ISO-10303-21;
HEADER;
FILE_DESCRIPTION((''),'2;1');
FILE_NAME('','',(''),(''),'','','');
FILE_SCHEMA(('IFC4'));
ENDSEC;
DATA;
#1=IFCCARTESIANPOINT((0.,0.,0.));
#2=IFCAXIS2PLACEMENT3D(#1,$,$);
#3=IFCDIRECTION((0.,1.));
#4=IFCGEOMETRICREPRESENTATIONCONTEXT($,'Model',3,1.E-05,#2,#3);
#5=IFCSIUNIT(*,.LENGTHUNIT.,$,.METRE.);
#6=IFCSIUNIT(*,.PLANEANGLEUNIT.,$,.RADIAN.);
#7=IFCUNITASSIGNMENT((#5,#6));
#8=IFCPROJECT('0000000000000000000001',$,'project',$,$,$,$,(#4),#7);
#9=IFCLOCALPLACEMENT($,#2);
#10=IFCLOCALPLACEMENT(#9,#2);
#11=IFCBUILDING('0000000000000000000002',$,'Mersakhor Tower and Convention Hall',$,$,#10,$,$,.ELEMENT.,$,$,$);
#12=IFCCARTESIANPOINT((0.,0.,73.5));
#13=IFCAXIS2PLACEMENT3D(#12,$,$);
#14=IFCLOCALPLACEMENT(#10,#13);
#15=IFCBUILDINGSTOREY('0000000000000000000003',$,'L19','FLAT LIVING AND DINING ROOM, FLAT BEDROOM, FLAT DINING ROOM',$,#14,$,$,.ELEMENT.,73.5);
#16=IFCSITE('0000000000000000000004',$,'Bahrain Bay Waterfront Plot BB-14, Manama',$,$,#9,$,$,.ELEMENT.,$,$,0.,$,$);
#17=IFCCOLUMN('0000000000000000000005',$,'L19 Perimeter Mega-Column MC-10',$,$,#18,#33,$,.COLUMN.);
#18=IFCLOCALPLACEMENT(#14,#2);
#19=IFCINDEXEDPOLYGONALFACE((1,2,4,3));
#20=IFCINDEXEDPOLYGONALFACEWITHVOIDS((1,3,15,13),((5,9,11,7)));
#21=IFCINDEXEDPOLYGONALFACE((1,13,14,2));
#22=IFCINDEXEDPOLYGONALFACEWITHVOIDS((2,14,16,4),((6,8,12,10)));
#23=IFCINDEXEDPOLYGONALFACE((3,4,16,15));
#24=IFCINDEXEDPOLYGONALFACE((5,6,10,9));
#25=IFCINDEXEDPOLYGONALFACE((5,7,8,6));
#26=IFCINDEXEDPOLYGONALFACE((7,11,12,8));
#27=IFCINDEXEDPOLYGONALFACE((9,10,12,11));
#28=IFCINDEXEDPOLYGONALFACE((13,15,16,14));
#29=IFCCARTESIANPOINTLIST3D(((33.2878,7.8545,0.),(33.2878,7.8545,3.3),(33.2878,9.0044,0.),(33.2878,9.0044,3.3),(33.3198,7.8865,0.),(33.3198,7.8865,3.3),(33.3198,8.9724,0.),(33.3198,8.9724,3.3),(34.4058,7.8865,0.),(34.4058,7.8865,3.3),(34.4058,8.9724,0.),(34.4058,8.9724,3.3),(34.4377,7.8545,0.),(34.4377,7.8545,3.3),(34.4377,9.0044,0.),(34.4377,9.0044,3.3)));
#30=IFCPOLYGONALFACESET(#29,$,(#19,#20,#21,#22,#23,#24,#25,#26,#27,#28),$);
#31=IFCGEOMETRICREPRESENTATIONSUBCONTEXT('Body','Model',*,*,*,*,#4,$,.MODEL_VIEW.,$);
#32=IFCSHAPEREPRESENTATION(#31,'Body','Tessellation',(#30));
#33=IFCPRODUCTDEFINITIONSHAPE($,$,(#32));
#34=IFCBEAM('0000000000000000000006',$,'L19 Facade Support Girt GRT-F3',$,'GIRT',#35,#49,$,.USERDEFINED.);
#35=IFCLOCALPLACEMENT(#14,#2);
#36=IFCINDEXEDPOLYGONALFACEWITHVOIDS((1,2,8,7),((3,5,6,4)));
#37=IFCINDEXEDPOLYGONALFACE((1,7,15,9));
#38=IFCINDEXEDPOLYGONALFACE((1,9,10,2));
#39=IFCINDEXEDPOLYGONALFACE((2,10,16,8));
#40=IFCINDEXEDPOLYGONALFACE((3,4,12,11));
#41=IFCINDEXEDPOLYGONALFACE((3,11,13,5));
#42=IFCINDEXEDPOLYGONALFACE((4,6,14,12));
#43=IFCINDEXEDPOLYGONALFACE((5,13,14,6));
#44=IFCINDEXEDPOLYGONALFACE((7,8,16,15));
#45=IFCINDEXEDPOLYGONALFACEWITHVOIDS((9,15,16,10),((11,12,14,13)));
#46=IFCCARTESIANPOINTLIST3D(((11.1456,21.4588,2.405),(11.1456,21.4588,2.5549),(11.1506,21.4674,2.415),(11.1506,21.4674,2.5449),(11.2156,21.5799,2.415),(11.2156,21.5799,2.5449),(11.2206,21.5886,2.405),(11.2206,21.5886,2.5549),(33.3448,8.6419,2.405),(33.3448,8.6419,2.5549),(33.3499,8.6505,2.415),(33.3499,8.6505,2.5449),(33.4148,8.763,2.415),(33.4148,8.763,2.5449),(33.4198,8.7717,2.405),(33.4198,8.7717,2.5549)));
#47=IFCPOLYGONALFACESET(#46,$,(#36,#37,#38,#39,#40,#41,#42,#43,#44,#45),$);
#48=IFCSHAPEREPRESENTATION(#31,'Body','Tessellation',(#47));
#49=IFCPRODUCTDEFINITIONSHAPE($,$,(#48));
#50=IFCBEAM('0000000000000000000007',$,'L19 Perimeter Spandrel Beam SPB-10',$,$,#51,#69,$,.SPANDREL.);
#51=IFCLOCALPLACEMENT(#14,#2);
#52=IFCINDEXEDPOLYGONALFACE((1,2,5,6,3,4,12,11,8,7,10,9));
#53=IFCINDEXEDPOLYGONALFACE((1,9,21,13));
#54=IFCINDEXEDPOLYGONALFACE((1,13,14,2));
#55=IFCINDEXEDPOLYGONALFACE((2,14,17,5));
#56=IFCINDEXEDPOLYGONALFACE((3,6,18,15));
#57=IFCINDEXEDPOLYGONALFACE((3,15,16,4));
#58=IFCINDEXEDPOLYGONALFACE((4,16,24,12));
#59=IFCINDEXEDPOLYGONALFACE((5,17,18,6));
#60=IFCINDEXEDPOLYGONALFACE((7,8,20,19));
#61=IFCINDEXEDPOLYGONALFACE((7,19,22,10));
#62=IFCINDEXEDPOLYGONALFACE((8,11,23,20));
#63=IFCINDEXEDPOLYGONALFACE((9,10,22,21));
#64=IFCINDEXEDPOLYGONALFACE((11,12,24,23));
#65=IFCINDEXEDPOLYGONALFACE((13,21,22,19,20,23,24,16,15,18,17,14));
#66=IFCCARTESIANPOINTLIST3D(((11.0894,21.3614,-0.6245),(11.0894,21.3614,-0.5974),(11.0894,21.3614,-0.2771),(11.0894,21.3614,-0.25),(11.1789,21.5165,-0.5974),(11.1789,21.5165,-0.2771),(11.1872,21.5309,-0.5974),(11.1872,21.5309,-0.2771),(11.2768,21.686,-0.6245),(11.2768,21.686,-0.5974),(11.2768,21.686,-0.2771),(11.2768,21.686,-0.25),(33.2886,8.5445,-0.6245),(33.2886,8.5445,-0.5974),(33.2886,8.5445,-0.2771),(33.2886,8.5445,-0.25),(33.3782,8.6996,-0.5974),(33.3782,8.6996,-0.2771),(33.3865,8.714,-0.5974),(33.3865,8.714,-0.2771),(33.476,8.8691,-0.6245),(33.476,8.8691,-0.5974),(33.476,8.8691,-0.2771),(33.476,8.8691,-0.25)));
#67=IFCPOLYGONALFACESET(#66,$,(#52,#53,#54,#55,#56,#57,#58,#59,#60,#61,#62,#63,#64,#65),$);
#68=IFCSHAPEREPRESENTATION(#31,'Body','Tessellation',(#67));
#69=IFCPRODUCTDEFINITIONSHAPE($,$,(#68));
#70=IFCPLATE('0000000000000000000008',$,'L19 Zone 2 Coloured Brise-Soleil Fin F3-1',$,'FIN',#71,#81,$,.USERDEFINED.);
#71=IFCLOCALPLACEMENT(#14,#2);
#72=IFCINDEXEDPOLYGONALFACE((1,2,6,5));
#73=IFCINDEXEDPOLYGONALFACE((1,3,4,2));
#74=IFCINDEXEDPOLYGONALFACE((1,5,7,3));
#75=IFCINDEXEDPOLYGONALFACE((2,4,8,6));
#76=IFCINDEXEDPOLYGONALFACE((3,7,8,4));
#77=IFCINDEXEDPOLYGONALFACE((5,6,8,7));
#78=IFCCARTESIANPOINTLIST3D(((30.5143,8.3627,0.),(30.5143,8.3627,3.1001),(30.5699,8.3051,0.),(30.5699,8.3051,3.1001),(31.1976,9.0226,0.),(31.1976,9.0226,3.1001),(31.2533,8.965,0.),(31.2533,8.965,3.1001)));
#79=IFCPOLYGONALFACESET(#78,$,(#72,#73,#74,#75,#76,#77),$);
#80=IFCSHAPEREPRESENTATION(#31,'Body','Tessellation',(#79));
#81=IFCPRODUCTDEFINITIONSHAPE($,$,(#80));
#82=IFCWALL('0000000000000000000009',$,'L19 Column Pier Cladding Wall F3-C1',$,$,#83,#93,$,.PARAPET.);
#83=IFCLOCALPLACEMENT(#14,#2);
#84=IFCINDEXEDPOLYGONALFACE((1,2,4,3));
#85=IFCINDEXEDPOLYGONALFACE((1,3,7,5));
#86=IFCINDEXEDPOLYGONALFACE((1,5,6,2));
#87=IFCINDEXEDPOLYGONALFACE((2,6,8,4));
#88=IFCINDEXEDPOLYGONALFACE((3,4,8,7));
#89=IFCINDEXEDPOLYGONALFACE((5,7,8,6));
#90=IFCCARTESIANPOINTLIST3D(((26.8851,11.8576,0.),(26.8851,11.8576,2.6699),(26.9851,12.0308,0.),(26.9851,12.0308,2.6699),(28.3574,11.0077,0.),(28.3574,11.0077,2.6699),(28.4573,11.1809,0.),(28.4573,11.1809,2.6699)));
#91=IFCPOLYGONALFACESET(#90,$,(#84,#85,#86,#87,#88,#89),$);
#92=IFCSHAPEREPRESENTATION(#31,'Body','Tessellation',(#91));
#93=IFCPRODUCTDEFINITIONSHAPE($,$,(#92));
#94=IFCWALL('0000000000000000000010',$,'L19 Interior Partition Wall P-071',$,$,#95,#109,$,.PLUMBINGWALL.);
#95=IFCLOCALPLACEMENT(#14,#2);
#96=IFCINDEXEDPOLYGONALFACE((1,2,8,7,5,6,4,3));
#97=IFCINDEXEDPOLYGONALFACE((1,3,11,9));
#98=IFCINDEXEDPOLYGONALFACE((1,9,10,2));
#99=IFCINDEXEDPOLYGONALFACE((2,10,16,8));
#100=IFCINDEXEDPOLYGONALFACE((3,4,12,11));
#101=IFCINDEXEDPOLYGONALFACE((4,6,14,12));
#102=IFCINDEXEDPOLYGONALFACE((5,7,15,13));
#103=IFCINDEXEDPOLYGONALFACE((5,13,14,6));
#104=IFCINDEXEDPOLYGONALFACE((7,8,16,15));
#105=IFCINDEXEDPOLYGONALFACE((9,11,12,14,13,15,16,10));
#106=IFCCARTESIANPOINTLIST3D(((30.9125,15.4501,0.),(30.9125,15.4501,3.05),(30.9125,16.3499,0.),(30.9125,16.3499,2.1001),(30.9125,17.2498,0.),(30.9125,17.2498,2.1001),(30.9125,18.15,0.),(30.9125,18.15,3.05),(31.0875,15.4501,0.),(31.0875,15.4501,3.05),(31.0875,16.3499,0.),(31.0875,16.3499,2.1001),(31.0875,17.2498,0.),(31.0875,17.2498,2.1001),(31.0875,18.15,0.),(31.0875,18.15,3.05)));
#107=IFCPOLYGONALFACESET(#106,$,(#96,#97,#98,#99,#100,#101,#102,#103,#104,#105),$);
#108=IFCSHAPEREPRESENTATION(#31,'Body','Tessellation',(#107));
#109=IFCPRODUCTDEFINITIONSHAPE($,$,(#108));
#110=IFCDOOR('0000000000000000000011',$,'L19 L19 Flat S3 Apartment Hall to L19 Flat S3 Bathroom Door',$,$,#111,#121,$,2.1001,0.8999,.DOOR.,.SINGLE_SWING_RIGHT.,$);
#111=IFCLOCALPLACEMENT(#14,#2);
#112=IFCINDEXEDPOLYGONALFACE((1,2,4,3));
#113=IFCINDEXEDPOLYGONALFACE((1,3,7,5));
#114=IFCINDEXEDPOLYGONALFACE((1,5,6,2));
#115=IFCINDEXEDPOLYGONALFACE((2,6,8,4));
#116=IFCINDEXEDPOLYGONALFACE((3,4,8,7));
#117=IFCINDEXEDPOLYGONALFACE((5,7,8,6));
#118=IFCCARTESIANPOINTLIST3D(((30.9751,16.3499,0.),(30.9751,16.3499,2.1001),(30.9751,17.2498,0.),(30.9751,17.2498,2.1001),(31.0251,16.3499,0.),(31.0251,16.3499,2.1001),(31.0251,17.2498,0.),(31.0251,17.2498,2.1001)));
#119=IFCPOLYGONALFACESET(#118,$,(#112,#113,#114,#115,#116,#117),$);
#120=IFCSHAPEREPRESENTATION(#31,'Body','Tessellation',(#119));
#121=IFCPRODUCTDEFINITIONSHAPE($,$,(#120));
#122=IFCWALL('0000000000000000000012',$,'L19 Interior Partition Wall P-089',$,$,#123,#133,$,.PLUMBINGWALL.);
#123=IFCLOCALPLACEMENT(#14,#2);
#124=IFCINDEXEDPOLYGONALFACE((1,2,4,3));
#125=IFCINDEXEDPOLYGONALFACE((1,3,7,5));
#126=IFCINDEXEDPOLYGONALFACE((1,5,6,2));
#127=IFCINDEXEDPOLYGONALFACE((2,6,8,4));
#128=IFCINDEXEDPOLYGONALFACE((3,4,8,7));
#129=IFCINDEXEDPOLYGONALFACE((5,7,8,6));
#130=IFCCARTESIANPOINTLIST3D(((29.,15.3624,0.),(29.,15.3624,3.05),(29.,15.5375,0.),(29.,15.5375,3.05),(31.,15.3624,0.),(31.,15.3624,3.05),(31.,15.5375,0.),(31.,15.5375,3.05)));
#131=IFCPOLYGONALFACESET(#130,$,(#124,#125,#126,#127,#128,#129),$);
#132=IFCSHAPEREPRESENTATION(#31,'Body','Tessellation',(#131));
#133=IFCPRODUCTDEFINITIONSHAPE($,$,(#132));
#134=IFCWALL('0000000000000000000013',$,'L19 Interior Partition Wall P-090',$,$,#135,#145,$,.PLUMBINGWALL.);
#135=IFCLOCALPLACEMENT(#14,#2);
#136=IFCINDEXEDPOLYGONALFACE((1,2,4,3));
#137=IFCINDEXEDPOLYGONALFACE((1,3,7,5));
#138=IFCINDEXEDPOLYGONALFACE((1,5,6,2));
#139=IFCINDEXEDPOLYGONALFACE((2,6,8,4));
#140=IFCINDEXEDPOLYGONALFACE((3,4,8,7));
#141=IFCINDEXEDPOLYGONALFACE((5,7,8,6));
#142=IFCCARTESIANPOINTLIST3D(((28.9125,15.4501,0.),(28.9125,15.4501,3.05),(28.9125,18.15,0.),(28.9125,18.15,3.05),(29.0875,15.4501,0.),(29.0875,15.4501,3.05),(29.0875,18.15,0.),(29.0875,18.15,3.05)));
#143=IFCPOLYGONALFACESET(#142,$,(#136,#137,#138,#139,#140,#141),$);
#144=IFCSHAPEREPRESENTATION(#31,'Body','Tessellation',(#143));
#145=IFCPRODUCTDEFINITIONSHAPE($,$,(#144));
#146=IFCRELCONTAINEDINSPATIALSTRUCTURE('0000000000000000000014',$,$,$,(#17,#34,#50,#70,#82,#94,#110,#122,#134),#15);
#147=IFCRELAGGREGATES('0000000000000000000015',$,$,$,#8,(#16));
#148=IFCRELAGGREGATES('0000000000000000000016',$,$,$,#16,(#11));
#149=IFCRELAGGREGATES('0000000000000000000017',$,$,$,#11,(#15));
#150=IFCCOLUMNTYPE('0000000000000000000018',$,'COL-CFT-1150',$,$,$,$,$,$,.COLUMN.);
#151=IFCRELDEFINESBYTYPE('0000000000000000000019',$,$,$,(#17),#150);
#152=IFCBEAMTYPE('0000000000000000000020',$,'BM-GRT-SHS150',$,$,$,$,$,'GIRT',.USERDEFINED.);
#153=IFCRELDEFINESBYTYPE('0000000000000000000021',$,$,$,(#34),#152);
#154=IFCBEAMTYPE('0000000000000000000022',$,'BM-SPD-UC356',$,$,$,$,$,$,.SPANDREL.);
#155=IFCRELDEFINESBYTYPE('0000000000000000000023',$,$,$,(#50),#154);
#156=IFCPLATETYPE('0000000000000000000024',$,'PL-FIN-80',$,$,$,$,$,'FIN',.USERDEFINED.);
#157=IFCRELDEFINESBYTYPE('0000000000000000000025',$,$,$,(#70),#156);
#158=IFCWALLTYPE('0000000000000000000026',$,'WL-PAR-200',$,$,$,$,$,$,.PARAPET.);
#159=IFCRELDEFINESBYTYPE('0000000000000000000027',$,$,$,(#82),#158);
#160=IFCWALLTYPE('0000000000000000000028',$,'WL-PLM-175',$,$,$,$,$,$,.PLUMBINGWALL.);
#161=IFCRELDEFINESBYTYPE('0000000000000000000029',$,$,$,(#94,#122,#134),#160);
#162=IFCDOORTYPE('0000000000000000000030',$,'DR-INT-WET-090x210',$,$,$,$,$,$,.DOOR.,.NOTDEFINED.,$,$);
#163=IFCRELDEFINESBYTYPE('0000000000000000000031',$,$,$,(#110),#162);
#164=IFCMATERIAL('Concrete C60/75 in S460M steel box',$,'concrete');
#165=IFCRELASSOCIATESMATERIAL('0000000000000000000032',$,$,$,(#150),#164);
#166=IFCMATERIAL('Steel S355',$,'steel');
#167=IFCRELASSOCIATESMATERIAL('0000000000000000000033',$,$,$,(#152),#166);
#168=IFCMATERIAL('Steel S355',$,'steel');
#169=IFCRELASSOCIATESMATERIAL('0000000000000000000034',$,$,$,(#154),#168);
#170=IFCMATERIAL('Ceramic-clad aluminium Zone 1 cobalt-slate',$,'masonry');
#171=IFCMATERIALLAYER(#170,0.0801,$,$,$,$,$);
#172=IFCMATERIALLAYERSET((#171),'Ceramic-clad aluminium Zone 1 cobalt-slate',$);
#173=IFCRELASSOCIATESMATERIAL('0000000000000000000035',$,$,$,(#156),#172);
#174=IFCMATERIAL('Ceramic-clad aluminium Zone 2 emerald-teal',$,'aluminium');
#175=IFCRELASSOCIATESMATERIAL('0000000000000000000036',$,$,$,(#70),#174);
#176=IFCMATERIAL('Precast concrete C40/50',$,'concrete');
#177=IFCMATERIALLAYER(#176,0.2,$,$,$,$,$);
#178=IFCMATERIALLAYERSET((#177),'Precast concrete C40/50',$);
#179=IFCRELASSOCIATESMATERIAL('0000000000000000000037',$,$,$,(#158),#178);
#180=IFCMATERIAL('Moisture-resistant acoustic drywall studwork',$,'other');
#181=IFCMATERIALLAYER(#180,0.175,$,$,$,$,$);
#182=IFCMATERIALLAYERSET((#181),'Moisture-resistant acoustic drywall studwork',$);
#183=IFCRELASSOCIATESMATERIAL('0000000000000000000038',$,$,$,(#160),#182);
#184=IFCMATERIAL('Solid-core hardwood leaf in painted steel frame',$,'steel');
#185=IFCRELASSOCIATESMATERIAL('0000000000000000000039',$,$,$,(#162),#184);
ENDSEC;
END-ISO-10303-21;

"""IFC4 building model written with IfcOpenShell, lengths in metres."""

from ifc_helpers import new_model, si_unit, direction, frame, frame_2d, origin, origin_2d, place, context, subcontext, project, spatial, rectangle, hollow_rectangle, i_section, extrude, material, layer, layer_set, material_profile, profile_set, type_object, element, fill, save


model = new_model("IFC4")

# Units and contexts
model_context = context("Model", 3, precision=1e-05, world=origin(), true_north=direction((0.0, 1.0)))
body_context = subcontext(model_context, "Body", "Model", "MODEL_VIEW")
ifc_project = project(units=[si_unit("LENGTHUNIT", "METRE"), si_unit("PLANEANGLEUNIT", "RADIAN")], contexts=[model_context])

# Site, building, storey
site_placement = place(None, origin())
site = spatial("IfcSite", under=ifc_project, at=site_placement, Name="Bahrain Bay Waterfront Plot BB-14, Manama", CompositionType="ELEMENT", RefElevation=0.0)
building_placement = place(site_placement, origin())
building = spatial("IfcBuilding", under=site, at=building_placement, Name="Mersakhor Tower and Convention Hall", CompositionType="ELEMENT")
storey_placement = place(building_placement, frame((0.0, 0.0, 73.5)))
storey = spatial("IfcBuildingStorey", under=building, at=storey_placement, Name="L19", Description="FLAT LIVING AND DINING ROOM, FLAT BEDROOM, FLAT DINING ROOM", CompositionType="ELEMENT", Elevation=73.5)

# Column
ifc_material_1 = material(Name="Concrete C60/75 in S460M steel box", Category="concrete")
ifc_material_profile_1 = material_profile(ifc_material_1, hollow_rectangle(XDim=1.1499, YDim=1.1499, WallThickness=0.032, at=origin_2d()), Name="SHS 1150x1150x32")
ifc_profile_set_1 = profile_set([ifc_material_profile_1], Name="Concrete C60/75 in S460M steel box")
column_type = type_object("IfcColumnType", Name="COL-CFT-1150", PredefinedType="COLUMN", material=ifc_profile_set_1)
column_placement = place(storey_placement, frame((33.8628, 8.4294, 0.0), z_axis=(0.0, 0.0, 1.0), x_axis=(1.0, 0.0, 0.0)))
element("IfcColumn", 1, at=column_placement, inside=storey, type_object=column_type, Name="L19 Perimeter Mega-Column MC-10", PredefinedType="COLUMN", context=body_context, shape_type="SweptSolid", body=[
    extrude(hollow_rectangle(XDim=1.1499, YDim=1.1499, WallThickness=0.032, at=origin_2d()), origin(), (0.0, 0.0, 1.0), 3.3),
])

# Beams
ifc_material_2 = material(Name="Steel S355", Category="steel")
ifc_material_profile_2 = material_profile(ifc_material_2, hollow_rectangle(XDim=0.1499, YDim=0.1499, WallThickness=0.01, at=origin_2d()), Name="SHS 150x150x10")
ifc_profile_set_2 = profile_set([ifc_material_profile_2], Name="Steel S355")
beam_type_1 = type_object("IfcBeamType", Name="BM-GRT-SHS150", ElementType="GIRT", PredefinedType="USERDEFINED", material=ifc_profile_set_2)
beam_1_placement = place(storey_placement, frame((33.3823, 8.7068, 2.48), z_axis=(-0.866023, 0.500005, 0.0), x_axis=(-0.500005, -0.866023, 0.0)))
element("IfcBeam", 2, at=beam_1_placement, inside=storey, type_object=beam_type_1, Name="L19 Facade Support Girt GRT-F3", ObjectType="GIRT", PredefinedType="USERDEFINED", context=body_context, shape_type="SweptSolid", body=[
    extrude(hollow_rectangle(XDim=0.1499, YDim=0.1499, WallThickness=0.01, at=origin_2d()), origin(), (0.0, 0.0, 1.0), 25.6335),
])
ifc_material_3 = material(Name="Steel S355", Category="steel")
ifc_material_profile_3 = material_profile(ifc_material_3, i_section(OverallWidth=0.3748, OverallDepth=0.3745, WebThickness=0.0166, FlangeThickness=0.0271, at=origin_2d()), Name="UC 356x368x202")
ifc_profile_set_3 = profile_set([ifc_material_profile_3], Name="Steel S355")
beam_type_2 = type_object("IfcBeamType", Name="BM-SPD-UC356", PredefinedType="SPANDREL", material=ifc_profile_set_3)
beam_2_placement = place(storey_placement, frame((33.3823, 8.7068, -0.4373), z_axis=(-0.866023, 0.500005, 0.0), x_axis=(-0.500005, -0.866023, 0.0)))
element("IfcBeam", 3, at=beam_2_placement, inside=storey, type_object=beam_type_2, Name="L19 Perimeter Spandrel Beam SPB-10", PredefinedType="SPANDREL", context=body_context, shape_type="SweptSolid", body=[
    extrude(i_section(OverallWidth=0.3748, OverallDepth=0.3745, WebThickness=0.0166, FlangeThickness=0.0271, at=origin_2d()), origin(), (0.0, 0.0, 1.0), 25.6335),
])

# Plate
ifc_material_4 = material(Name="Ceramic-clad aluminium Zone 2 emerald-teal", Category="aluminium")
ifc_material_5 = material(Name="Ceramic-clad aluminium Zone 1 cobalt-slate", Category="masonry")
ifc_layer_1 = layer(ifc_material_5, 0.0801)
ifc_layer_set_1 = layer_set([ifc_layer_1], Name="Ceramic-clad aluminium Zone 1 cobalt-slate")
plate_type = type_object("IfcPlateType", Name="PL-FIN-80", ElementType="FIN", PredefinedType="USERDEFINED", material=ifc_layer_set_1)
plate_placement = place(storey_placement, frame((30.8838, 8.6638, 0.0), z_axis=(0.0, 0.0, 1.0), x_axis=(-0.71934, -0.694658, 0.0)))
element("IfcPlate", 4, at=plate_placement, inside=storey, type_object=plate_type, material=ifc_material_4, Name="L19 Zone 2 Coloured Brise-Soleil Fin F3-1", ObjectType="FIN", PredefinedType="USERDEFINED", context=body_context, shape_type="SweptSolid", body=[
    extrude(rectangle(XDim=0.95, YDim=0.0801, at=origin_2d()), origin(), (0.0, 0.0, 1.0), 3.1001),
])

# Wall
ifc_material_6 = material(Name="Precast concrete C40/50", Category="concrete")
ifc_layer_2 = layer(ifc_material_6, 0.2)
ifc_layer_set_2 = layer_set([ifc_layer_2], Name="Precast concrete C40/50")
wall_type_1 = type_object("IfcWallType", Name="WL-PAR-200", PredefinedType="PARAPET", material=ifc_layer_set_2)
wall_1_placement = place(storey_placement, frame((28.4075, 11.0942, 0.0), z_axis=(0.0, 0.0, 1.0), x_axis=(-0.866052, 0.499955, 0.0)))
element("IfcWall", 5, at=wall_1_placement, inside=storey, type_object=wall_type_1, Name="L19 Column Pier Cladding Wall F3-C1", PredefinedType="PARAPET", context=body_context, shape_type="SweptSolid", body=[
    extrude(rectangle(XDim=1.7, YDim=0.2, at=frame_2d((0.8501, 0.0))), origin(), (0.0, 0.0, 1.0), 2.6699),
])

# Wall, opening, door
ifc_material_7 = material(Name="Moisture-resistant acoustic drywall studwork", Category="other")
ifc_layer_3 = layer(ifc_material_7, 0.175)
ifc_layer_set_3 = layer_set([ifc_layer_3], Name="Moisture-resistant acoustic drywall studwork")
wall_type_2 = type_object("IfcWallType", Name="WL-PLM-175", PredefinedType="PLUMBINGWALL", material=ifc_layer_set_3)
wall_2_placement = place(storey_placement, frame((31.0, 15.45, 0.0), z_axis=(0.0, 0.0, 1.0), x_axis=(0.0, 1.0, 0.0)))
wall_2 = element("IfcWall", 6, at=wall_2_placement, inside=storey, type_object=wall_type_2, Name="L19 Interior Partition Wall P-071", PredefinedType="PLUMBINGWALL", context=body_context, shape_type="SweptSolid", body=[
    extrude(rectangle(XDim=2.7, YDim=0.175, at=frame_2d((1.3501, 0.0))), origin(), (0.0, 0.0, 1.0), 3.05),
])
opening_1_placement = place(wall_2_placement, frame((0.8999, 0.0, 0.0)))
opening_1 = element("IfcOpeningElement", 7, at=opening_1_placement, cuts=wall_2, PredefinedType="OPENING", context=body_context, shape_type="SweptSolid", body=[
    extrude(rectangle(XDim=0.8999, YDim=2.1001, at=frame_2d((0.45, 1.05))), frame((0.0, 0.0974, 0.0), z_axis=(0.0, -1.0, 0.0), x_axis=(1.0, 0.0, 0.0)), (0.0, 0.0, 1.0), 0.1951),
])
ifc_material_8 = material(Name="Solid-core hardwood leaf in painted steel frame", Category="steel")
door_type_1 = type_object("IfcDoorType", Name="DR-INT-WET-090x210", OperationType="NOTDEFINED", PredefinedType="DOOR", material=ifc_material_8)
door_1_placement = place(opening_1_placement, origin())
door_1 = element("IfcDoor", 8, at=door_1_placement, inside=storey, type_object=door_type_1, Name="L19 L19 Flat S3 Apartment Hall to L19 Flat S3 Bathroom Door", OperationType="SINGLE_SWING_RIGHT", OverallHeight=2.1001, OverallWidth=0.8999, PredefinedType="DOOR", context=body_context, shape_type="SweptSolid", body=[
    extrude(rectangle(XDim=0.8999, YDim=2.1001, at=frame_2d((0.45, 1.05))), frame((0.0, 0.0249, 0.0), z_axis=(0.0, -1.0, 0.0), x_axis=(1.0, 0.0, 0.0)), (0.0, 0.0, 1.0), 0.05),
])
fill(opening_1, door_1)

# Walls
wall_3_placement = place(storey_placement, frame((31.0, 15.45, 0.0), z_axis=(0.0, 0.0, 1.0), x_axis=(-1.0, 0.0, 0.0)))
element("IfcWall", 9, at=wall_3_placement, inside=storey, type_object=wall_type_2, Name="L19 Interior Partition Wall P-089", PredefinedType="PLUMBINGWALL", context=body_context, shape_type="SweptSolid", body=[
    extrude(rectangle(XDim=2.0, YDim=0.175, at=frame_2d((1.0, 0.0))), origin(), (0.0, 0.0, 1.0), 3.05),
])
wall_4_placement = place(storey_placement, frame((29.0, 15.45, 0.0), z_axis=(0.0, 0.0, 1.0), x_axis=(0.0, 1.0, 0.0)))
element("IfcWall", 10, at=wall_4_placement, inside=storey, type_object=wall_type_2, Name="L19 Interior Partition Wall P-090", PredefinedType="PLUMBINGWALL", context=body_context, shape_type="SweptSolid", body=[
    extrude(rectangle(XDim=2.7, YDim=0.175, at=frame_2d((1.3501, 0.0))), origin(), (0.0, 0.0, 1.0), 3.05),
])

save(model, "model.ifc")
